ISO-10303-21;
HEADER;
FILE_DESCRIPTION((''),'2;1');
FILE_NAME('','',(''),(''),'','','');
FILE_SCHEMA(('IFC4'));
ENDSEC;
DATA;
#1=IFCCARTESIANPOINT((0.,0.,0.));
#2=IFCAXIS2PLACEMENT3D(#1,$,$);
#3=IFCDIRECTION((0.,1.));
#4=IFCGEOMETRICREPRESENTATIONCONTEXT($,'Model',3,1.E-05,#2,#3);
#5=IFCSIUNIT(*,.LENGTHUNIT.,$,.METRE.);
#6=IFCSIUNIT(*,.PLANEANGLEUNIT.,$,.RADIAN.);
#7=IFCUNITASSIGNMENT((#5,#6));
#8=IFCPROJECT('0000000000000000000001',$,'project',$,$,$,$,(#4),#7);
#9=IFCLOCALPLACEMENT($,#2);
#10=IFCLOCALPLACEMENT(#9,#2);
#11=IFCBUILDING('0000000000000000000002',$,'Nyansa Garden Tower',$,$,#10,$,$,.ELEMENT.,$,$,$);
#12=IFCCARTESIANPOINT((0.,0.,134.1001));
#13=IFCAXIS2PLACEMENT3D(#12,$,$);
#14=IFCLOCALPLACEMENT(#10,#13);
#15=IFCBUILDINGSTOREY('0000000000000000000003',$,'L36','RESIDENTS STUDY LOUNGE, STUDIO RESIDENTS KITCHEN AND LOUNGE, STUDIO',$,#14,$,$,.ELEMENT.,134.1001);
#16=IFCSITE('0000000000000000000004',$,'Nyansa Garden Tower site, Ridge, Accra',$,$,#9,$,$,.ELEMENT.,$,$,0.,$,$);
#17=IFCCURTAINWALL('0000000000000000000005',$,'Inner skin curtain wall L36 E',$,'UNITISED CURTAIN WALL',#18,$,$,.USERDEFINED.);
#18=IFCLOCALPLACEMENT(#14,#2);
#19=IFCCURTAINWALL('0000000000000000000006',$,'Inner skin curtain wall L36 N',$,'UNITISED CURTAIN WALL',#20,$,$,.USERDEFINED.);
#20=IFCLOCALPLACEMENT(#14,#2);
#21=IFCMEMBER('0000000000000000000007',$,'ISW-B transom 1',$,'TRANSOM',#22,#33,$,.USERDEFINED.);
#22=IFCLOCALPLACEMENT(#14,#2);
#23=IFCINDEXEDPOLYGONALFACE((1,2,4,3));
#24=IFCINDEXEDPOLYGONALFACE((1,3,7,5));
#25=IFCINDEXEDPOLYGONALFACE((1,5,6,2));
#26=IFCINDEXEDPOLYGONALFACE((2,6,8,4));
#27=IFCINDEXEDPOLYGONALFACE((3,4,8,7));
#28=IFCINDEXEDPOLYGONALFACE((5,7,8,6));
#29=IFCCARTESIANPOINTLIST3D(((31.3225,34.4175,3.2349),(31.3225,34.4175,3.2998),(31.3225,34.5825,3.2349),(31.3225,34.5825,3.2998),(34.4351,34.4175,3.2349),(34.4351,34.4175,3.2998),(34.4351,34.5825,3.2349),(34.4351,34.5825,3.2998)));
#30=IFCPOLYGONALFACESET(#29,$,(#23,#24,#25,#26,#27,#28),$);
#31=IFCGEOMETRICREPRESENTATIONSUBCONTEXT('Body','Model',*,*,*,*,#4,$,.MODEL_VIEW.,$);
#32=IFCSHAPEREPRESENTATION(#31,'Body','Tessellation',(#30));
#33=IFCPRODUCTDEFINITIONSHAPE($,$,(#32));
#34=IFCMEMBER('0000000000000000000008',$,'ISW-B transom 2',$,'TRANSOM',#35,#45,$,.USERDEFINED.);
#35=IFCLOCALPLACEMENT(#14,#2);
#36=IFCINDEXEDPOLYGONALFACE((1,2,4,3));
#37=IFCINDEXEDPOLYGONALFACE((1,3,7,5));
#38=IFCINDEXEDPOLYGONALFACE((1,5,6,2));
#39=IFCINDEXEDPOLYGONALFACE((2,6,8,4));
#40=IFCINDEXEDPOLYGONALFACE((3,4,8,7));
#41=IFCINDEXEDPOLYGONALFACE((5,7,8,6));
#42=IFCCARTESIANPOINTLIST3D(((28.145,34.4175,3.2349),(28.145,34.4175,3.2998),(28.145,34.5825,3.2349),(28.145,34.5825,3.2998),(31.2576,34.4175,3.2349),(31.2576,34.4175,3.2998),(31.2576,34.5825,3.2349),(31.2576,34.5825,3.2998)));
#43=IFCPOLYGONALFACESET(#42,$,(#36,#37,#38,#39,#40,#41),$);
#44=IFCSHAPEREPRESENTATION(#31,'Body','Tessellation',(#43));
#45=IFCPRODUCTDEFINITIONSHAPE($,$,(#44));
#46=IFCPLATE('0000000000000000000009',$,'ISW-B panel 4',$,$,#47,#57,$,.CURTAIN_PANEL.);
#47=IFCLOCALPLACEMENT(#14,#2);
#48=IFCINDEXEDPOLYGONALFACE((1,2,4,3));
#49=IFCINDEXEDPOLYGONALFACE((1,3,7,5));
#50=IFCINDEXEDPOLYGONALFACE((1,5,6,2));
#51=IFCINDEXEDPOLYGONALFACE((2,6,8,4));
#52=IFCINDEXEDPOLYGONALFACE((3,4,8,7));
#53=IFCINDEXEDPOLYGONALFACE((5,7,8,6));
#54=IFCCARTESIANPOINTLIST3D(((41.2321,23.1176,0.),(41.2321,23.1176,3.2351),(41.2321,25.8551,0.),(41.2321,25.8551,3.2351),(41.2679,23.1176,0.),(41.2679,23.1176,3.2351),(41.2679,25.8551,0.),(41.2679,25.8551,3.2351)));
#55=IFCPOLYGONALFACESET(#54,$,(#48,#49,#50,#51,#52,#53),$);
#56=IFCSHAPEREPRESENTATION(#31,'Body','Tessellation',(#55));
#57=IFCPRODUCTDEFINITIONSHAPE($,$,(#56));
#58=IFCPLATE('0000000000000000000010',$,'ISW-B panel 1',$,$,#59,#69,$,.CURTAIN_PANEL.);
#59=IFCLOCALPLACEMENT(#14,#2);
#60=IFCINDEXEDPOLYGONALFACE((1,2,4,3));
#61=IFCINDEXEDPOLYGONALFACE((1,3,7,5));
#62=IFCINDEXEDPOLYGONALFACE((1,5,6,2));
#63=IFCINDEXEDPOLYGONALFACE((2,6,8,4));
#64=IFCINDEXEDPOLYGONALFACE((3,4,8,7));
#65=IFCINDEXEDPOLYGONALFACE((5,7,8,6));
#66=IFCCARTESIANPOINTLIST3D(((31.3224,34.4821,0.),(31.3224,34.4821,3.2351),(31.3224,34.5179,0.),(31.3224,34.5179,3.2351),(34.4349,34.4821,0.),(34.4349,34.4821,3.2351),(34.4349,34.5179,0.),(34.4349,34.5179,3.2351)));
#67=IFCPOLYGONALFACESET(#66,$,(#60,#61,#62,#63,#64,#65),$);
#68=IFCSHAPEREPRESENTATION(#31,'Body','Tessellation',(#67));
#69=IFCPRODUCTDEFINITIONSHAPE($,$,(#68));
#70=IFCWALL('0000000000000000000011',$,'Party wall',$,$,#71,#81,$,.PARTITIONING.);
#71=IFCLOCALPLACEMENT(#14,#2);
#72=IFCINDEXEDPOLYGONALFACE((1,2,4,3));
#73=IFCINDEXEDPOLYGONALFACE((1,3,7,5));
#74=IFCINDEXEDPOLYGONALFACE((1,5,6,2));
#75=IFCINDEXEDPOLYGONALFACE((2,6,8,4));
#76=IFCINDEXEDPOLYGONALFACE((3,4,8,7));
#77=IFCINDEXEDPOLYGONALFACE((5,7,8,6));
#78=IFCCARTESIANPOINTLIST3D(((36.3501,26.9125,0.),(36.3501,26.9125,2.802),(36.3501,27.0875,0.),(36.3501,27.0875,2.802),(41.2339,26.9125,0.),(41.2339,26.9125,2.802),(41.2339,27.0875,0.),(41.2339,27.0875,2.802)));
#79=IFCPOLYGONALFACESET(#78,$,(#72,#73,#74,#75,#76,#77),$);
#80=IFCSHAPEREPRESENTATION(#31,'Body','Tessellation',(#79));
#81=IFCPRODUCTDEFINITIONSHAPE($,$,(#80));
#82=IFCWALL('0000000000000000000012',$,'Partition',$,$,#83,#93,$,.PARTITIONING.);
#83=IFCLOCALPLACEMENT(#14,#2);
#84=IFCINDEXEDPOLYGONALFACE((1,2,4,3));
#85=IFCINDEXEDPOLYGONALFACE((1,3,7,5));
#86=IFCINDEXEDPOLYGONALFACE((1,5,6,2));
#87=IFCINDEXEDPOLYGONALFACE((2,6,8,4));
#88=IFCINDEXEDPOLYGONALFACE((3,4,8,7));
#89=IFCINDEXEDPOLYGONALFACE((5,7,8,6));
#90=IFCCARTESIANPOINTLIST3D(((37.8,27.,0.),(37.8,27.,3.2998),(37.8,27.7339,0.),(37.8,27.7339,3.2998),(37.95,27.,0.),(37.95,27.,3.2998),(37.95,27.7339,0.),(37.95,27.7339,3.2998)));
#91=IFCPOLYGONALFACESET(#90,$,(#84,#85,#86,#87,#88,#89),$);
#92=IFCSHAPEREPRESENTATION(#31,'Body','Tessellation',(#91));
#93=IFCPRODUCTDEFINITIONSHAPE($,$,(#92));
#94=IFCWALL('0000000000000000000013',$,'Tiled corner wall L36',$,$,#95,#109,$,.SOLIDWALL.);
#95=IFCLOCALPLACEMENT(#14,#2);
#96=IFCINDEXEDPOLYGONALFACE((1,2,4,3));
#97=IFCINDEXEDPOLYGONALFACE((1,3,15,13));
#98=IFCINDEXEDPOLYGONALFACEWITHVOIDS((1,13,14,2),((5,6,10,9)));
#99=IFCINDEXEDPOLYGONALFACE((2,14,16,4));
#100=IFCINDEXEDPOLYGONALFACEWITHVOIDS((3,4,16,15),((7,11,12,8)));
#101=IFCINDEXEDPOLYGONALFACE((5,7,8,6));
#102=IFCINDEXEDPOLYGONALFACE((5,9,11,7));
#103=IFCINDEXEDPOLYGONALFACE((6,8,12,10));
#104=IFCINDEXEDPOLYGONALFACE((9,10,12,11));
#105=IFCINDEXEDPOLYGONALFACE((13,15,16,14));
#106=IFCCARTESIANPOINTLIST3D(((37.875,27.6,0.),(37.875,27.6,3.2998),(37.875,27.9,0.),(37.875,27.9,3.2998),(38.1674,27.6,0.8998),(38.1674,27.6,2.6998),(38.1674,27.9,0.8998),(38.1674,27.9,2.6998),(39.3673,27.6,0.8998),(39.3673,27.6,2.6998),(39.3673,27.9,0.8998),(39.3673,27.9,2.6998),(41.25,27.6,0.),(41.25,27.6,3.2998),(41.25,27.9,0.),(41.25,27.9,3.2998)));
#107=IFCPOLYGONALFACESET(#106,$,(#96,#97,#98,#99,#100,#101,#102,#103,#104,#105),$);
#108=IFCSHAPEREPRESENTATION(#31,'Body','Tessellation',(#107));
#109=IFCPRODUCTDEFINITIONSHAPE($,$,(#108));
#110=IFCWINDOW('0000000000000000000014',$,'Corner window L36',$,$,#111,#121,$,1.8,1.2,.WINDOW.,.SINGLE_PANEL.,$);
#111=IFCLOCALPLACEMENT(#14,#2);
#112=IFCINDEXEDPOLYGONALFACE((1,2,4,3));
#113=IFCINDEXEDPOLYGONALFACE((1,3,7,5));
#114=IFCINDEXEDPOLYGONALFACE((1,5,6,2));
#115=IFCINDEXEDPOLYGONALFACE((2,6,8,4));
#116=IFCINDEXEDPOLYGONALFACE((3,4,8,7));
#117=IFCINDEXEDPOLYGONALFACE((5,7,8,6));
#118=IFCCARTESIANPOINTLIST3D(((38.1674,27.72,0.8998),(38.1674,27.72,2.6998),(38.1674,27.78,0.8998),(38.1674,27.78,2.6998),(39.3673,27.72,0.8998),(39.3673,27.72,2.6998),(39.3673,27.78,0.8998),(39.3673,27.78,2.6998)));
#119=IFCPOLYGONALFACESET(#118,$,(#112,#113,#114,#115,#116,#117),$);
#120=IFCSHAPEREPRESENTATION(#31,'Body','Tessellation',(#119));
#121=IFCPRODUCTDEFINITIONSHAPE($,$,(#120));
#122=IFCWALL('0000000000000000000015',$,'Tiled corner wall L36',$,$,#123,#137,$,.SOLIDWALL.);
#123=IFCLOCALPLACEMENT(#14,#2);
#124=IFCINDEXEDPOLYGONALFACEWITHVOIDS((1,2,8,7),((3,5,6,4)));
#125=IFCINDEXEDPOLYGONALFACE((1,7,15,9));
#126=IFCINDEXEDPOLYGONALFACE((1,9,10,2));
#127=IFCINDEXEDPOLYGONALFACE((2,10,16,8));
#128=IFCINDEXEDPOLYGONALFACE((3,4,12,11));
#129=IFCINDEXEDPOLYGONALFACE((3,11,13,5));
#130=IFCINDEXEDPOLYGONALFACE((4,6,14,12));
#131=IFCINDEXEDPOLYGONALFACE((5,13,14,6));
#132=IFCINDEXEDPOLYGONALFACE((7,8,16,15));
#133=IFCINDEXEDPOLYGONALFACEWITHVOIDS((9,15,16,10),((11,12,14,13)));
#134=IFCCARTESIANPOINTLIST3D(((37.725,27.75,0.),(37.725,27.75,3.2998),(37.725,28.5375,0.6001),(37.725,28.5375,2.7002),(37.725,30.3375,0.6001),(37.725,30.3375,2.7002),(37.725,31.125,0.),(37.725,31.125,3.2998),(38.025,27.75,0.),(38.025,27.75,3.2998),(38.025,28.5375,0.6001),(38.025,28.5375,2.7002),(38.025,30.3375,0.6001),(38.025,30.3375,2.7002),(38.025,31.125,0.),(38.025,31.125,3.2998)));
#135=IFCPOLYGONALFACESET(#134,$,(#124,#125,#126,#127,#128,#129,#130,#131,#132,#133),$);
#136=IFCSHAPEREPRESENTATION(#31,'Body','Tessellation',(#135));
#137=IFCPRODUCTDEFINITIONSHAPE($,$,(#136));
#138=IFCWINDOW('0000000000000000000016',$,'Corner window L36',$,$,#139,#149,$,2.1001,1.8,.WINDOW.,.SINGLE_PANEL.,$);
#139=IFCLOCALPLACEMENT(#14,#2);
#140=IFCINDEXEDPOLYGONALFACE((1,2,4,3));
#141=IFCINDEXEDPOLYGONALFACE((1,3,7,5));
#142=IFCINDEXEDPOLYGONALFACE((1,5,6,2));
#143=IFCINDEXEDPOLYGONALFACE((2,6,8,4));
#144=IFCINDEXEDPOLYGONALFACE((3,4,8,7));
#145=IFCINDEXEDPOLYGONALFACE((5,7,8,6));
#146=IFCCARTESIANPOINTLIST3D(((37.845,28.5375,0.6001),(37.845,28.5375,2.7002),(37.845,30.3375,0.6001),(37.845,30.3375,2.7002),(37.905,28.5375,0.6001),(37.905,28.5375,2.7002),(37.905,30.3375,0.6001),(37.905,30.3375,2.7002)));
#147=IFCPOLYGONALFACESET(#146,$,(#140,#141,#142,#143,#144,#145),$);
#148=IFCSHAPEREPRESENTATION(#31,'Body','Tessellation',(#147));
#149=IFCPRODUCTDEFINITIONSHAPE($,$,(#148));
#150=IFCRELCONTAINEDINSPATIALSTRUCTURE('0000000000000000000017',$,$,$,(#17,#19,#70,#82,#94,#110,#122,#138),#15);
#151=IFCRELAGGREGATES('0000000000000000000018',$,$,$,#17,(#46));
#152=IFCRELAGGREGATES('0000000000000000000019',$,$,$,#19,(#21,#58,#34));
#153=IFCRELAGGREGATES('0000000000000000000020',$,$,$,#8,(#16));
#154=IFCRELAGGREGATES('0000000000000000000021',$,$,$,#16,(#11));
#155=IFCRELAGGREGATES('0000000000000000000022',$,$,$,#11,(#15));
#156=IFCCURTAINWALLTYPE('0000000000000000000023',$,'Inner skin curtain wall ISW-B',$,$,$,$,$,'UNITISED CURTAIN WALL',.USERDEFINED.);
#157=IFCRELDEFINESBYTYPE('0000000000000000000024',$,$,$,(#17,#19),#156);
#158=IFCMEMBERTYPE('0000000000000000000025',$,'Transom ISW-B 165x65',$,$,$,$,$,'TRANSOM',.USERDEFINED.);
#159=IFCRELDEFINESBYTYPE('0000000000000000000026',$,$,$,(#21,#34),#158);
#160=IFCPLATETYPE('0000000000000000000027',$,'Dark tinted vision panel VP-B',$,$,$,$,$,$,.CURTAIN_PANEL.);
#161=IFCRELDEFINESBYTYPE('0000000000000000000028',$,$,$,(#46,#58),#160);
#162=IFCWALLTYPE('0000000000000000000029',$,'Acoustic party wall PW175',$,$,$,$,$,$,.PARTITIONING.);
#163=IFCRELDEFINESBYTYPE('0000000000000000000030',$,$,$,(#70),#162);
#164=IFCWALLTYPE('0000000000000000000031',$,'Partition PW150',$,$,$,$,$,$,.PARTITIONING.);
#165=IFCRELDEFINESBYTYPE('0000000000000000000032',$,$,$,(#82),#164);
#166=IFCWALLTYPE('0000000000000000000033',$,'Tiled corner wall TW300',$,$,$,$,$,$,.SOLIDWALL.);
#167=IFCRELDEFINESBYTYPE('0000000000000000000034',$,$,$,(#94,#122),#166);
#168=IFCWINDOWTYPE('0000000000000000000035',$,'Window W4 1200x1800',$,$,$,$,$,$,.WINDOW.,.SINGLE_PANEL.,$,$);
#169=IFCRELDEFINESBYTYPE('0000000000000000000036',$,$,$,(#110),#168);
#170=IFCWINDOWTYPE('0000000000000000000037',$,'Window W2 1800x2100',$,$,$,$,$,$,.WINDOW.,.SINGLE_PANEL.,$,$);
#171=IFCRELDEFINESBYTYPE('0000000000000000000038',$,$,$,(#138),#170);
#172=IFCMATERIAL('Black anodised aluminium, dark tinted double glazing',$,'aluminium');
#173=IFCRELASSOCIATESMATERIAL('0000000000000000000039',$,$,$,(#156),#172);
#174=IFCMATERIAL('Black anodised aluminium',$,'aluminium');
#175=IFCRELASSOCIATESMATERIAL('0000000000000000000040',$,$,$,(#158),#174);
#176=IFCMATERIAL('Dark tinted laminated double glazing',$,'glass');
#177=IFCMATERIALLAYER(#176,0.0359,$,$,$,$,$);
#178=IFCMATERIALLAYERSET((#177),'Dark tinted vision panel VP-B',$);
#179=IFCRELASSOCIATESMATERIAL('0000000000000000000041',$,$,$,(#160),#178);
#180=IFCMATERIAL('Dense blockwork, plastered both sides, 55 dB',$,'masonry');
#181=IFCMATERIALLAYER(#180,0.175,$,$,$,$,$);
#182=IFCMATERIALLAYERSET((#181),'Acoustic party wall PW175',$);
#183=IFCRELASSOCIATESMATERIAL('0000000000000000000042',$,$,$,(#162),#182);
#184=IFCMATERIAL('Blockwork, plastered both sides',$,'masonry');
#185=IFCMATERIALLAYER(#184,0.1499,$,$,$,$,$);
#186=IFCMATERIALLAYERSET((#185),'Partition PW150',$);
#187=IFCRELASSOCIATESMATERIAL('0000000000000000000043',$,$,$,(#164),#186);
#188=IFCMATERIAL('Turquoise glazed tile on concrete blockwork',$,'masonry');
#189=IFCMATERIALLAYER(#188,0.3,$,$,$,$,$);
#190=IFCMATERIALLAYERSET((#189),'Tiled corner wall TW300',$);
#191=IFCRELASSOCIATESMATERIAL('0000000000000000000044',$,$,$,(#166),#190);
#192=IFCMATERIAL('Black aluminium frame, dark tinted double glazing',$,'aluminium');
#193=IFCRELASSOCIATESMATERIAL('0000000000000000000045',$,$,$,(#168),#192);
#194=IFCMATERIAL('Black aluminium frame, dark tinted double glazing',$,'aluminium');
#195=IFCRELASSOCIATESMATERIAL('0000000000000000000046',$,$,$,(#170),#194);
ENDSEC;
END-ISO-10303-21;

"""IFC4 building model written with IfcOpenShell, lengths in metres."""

from ifc_helpers import new_model, si_unit, direction, frame, frame_2d, origin, origin_2d, place, context, subcontext, project, spatial, rectangle, extrude, material, layer, layer_set, material_profile, profile_set, type_object, element, fill, aggregate, save


model = new_model("IFC4")

# Units and contexts
model_context = context("Model", 3, precision=1e-05, world=origin(), true_north=direction((0.0, 1.0)))
body_context = subcontext(model_context, "Body", "Model", "MODEL_VIEW")
ifc_project = project(units=[si_unit("LENGTHUNIT", "METRE"), si_unit("PLANEANGLEUNIT", "RADIAN")], contexts=[model_context])

# Site, building, storey
site_placement = place(None, origin())
site = spatial("IfcSite", under=ifc_project, at=site_placement, Name="Nyansa Garden Tower site, Ridge, Accra", CompositionType="ELEMENT", RefElevation=0.0)
building_placement = place(site_placement, origin())
building = spatial("IfcBuilding", under=site, at=building_placement, Name="Nyansa Garden Tower", CompositionType="ELEMENT")
storey_placement = place(building_placement, frame((0.0, 0.0, 134.1001)))
storey = spatial("IfcBuildingStorey", under=building, at=storey_placement, Name="L36", Description="RESIDENTS STUDY LOUNGE, STUDIO RESIDENTS KITCHEN AND LOUNGE, STUDIO", CompositionType="ELEMENT", Elevation=134.1001)

# Curtain wall
ifc_material_1 = material(Name="Black anodised aluminium, dark tinted double glazing", Category="aluminium")
curtain_wall_type = type_object("IfcCurtainWallType", Name="Inner skin curtain wall ISW-B", ElementType="UNITISED CURTAIN WALL", PredefinedType="USERDEFINED", material=ifc_material_1)
curtain_wall_1_placement = place(storey_placement, origin())
curtain_wall_1 = element("IfcCurtainWall", 1, at=curtain_wall_1_placement, inside=storey, type_object=curtain_wall_type, Name="Inner skin curtain wall L36 E", ObjectType="UNITISED CURTAIN WALL", PredefinedType="USERDEFINED")

# Curtain wall
curtain_wall_2_placement = place(storey_placement, origin())
curtain_wall_2 = element("IfcCurtainWall", 2, at=curtain_wall_2_placement, inside=storey, type_object=curtain_wall_type, Name="Inner skin curtain wall L36 N", ObjectType="UNITISED CURTAIN WALL", PredefinedType="USERDEFINED")

# Members
ifc_material_2 = material(Name="Black anodised aluminium", Category="aluminium")
ifc_material_profile_1 = material_profile(ifc_material_2, rectangle(XDim=0.165, YDim=0.0649, at=origin_2d()), Name="Transom 165x65")
ifc_profile_set_1 = profile_set([ifc_material_profile_1], Name="Black anodised aluminium")
member_type_1 = type_object("IfcMemberType", Name="Transom ISW-B 165x65", ElementType="TRANSOM", PredefinedType="USERDEFINED", material=ifc_profile_set_1)
member_1_placement = place(storey_placement, frame((34.4351, 34.5, 3.2673), z_axis=(-1.0, 0.0, 0.0), x_axis=(0.0, -1.0, 0.0)))
member_1 = element("IfcMember", 3, at=member_1_placement, type_object=member_type_1, Name="ISW-B transom 1", ObjectType="TRANSOM", PredefinedType="USERDEFINED", context=body_context, shape_type="SweptSolid", body=[
    extrude(rectangle(XDim=0.165, YDim=0.0649, at=origin_2d()), origin(), (0.0, 0.0, 1.0), 3.1125),
])
member_2_placement = place(storey_placement, frame((31.2576, 34.5, 3.2673), z_axis=(-1.0, 0.0, 0.0), x_axis=(0.0, -1.0, 0.0)))
member_2 = element("IfcMember", 4, at=member_2_placement, type_object=member_type_1, Name="ISW-B transom 2", ObjectType="TRANSOM", PredefinedType="USERDEFINED", context=body_context, shape_type="SweptSolid", body=[
    extrude(rectangle(XDim=0.165, YDim=0.0649, at=origin_2d()), origin(), (0.0, 0.0, 1.0), 3.1125),
])

# Plates
ifc_material_3 = material(Name="Dark tinted laminated double glazing", Category="glass")
ifc_layer_1 = layer(ifc_material_3, 0.0359)
ifc_layer_set_1 = layer_set([ifc_layer_1], Name="Dark tinted vision panel VP-B")
plate_type = type_object("IfcPlateType", Name="Dark tinted vision panel VP-B", PredefinedType="CURTAIN_PANEL", material=ifc_layer_set_1)
plate_1_placement = place(storey_placement, frame((41.25, 24.4863, 0.0), z_axis=(0.0, 0.0, 1.0), x_axis=(0.0, 1.0, 0.0)))
plate_1 = element("IfcPlate", 5, at=plate_1_placement, type_object=plate_type, Name="ISW-B panel 4", PredefinedType="CURTAIN_PANEL", context=body_context, shape_type="SweptSolid", body=[
    extrude(rectangle(XDim=2.7375, YDim=0.0359, at=origin_2d()), origin(), (0.0, 0.0, 1.0), 3.2351),
])
aggregate(curtain_wall_1, [plate_1])
plate_2_placement = place(storey_placement, frame((32.8787, 34.5, 0.0), z_axis=(0.0, 0.0, 1.0), x_axis=(-1.0, 0.0, 0.0)))
plate_2 = element("IfcPlate", 6, at=plate_2_placement, type_object=plate_type, Name="ISW-B panel 1", PredefinedType="CURTAIN_PANEL", context=body_context, shape_type="SweptSolid", body=[
    extrude(rectangle(XDim=3.1125, YDim=0.0359, at=origin_2d()), origin(), (0.0, 0.0, 1.0), 3.2351),
])
aggregate(curtain_wall_2, [member_1, plate_2, member_2])

# Walls
ifc_material_4 = material(Name="Dense blockwork, plastered both sides, 55 dB", Category="masonry")
ifc_layer_2 = layer(ifc_material_4, 0.175)
ifc_layer_set_2 = layer_set([ifc_layer_2], Name="Acoustic party wall PW175")
wall_type_1 = type_object("IfcWallType", Name="Acoustic party wall PW175", PredefinedType="PARTITIONING", material=ifc_layer_set_2)
wall_1_placement = place(storey_placement, frame((36.3501, 27.0, 0.0), z_axis=(0.0, 0.0, 1.0), x_axis=(1.0, 0.0, 0.0)))
element("IfcWall", 7, at=wall_1_placement, inside=storey, type_object=wall_type_1, Name="Party wall", PredefinedType="PARTITIONING", context=body_context, shape_type="SweptSolid", body=[
    extrude(rectangle(XDim=4.8838, YDim=0.175, at=frame_2d((2.4419, 0.0))), origin(), (0.0, 0.0, 1.0), 2.802),
])
ifc_material_5 = material(Name="Blockwork, plastered both sides", Category="masonry")
ifc_layer_3 = layer(ifc_material_5, 0.1499)
ifc_layer_set_3 = layer_set([ifc_layer_3], Name="Partition PW150")
wall_type_2 = type_object("IfcWallType", Name="Partition PW150", PredefinedType="PARTITIONING", material=ifc_layer_set_3)
wall_2_placement = place(storey_placement, frame((37.875, 27.0, 0.0), z_axis=(0.0, 0.0, 1.0), x_axis=(0.0, 1.0, 0.0)))
element("IfcWall", 8, at=wall_2_placement, inside=storey, type_object=wall_type_2, Name="Partition", PredefinedType="PARTITIONING", context=body_context, shape_type="SweptSolid", body=[
    extrude(rectangle(XDim=0.7339, YDim=0.1499, at=frame_2d((0.3669, 0.0))), origin(), (0.0, 0.0, 1.0), 3.2998),
])

# Walls, openings, windows
ifc_material_6 = material(Name="Turquoise glazed tile on concrete blockwork", Category="masonry")
ifc_layer_4 = layer(ifc_material_6, 0.3)
ifc_layer_set_4 = layer_set([ifc_layer_4], Name="Tiled corner wall TW300")
wall_type_3 = type_object("IfcWallType", Name="Tiled corner wall TW300", PredefinedType="SOLIDWALL", material=ifc_layer_set_4)
wall_3_placement = place(storey_placement, frame((41.25, 27.75, 0.0), z_axis=(0.0, 0.0, 1.0), x_axis=(-1.0, 0.0, 0.0)))
wall_3 = element("IfcWall", 9, at=wall_3_placement, inside=storey, type_object=wall_type_3, Name="Tiled corner wall L36", PredefinedType="SOLIDWALL", context=body_context, shape_type="SweptSolid", body=[
    extrude(rectangle(XDim=3.375, YDim=0.3, at=frame_2d((1.6875, 0.0))), origin(), (0.0, 0.0, 1.0), 3.2998),
])
opening_1_placement = place(wall_3_placement, frame((1.8826, 0.0, 0.8999)))
opening_1 = element("IfcOpeningElement", 10, at=opening_1_placement, cuts=wall_3, PredefinedType="OPENING", context=body_context, shape_type="SweptSolid", body=[
    extrude(rectangle(XDim=1.2, YDim=1.8, at=frame_2d((0.6001, 0.8999))), frame((0.0, 0.1599, 0.0), z_axis=(0.0, -1.0, 0.0), x_axis=(1.0, 0.0, 0.0)), (0.0, 0.0, 1.0), 0.3201),
])
ifc_material_7 = material(Name="Black aluminium frame, dark tinted double glazing", Category="aluminium")
window_type_1 = type_object("IfcWindowType", Name="Window W4 1200x1800", PartitioningType="SINGLE_PANEL", PredefinedType="WINDOW", material=ifc_material_7)
window_1_placement = place(opening_1_placement, origin())
window_1 = element("IfcWindow", 11, at=window_1_placement, inside=storey, type_object=window_type_1, Name="Corner window L36", OverallHeight=1.8, OverallWidth=1.2, PartitioningType="SINGLE_PANEL", PredefinedType="WINDOW", context=body_context, shape_type="SweptSolid", body=[
    extrude(rectangle(XDim=1.2, YDim=1.8, at=frame_2d((0.6001, 0.8999))), frame((0.0, 0.03, 0.0), z_axis=(0.0, -1.0, 0.0), x_axis=(1.0, 0.0, 0.0)), (0.0, 0.0, 1.0), 0.0601),
])
fill(opening_1, window_1)
wall_4_placement = place(storey_placement, frame((37.875, 27.75, 0.0), z_axis=(0.0, 0.0, 1.0), x_axis=(0.0, 1.0, 0.0)))
wall_4 = element("IfcWall", 12, at=wall_4_placement, inside=storey, type_object=wall_type_3, Name="Tiled corner wall L36", PredefinedType="SOLIDWALL", context=body_context, shape_type="SweptSolid", body=[
    extrude(rectangle(XDim=3.375, YDim=0.3, at=frame_2d((1.6875, 0.0))), origin(), (0.0, 0.0, 1.0), 3.2998),
])
opening_2_placement = place(wall_4_placement, frame((0.7876, 0.0, 0.6001)))
opening_2 = element("IfcOpeningElement", 13, at=opening_2_placement, cuts=wall_4, PredefinedType="OPENING", context=body_context, shape_type="SweptSolid", body=[
    extrude(rectangle(XDim=1.8, YDim=2.1001, at=frame_2d((0.8999, 1.05))), frame((0.0, 0.1599, 0.0), z_axis=(0.0, -1.0, 0.0), x_axis=(1.0, 0.0, 0.0)), (0.0, 0.0, 1.0), 0.3201),
])
ifc_material_8 = material(Name="Black aluminium frame, dark tinted double glazing", Category="aluminium")
window_type_2 = type_object("IfcWindowType", Name="Window W2 1800x2100", PartitioningType="SINGLE_PANEL", PredefinedType="WINDOW", material=ifc_material_8)
window_2_placement = place(opening_2_placement, origin())
window_2 = element("IfcWindow", 14, at=window_2_placement, inside=storey, type_object=window_type_2, Name="Corner window L36", OverallHeight=2.1001, OverallWidth=1.8, PartitioningType="SINGLE_PANEL", PredefinedType="WINDOW", context=body_context, shape_type="SweptSolid", body=[
    extrude(rectangle(XDim=1.8, YDim=2.1001, at=frame_2d((0.8999, 1.05))), frame((0.0, 0.03, 0.0), z_axis=(0.0, -1.0, 0.0), x_axis=(1.0, 0.0, 0.0)), (0.0, 0.0, 1.0), 0.0601),
])
fill(opening_2, window_2)

save(model, "model.ifc")
